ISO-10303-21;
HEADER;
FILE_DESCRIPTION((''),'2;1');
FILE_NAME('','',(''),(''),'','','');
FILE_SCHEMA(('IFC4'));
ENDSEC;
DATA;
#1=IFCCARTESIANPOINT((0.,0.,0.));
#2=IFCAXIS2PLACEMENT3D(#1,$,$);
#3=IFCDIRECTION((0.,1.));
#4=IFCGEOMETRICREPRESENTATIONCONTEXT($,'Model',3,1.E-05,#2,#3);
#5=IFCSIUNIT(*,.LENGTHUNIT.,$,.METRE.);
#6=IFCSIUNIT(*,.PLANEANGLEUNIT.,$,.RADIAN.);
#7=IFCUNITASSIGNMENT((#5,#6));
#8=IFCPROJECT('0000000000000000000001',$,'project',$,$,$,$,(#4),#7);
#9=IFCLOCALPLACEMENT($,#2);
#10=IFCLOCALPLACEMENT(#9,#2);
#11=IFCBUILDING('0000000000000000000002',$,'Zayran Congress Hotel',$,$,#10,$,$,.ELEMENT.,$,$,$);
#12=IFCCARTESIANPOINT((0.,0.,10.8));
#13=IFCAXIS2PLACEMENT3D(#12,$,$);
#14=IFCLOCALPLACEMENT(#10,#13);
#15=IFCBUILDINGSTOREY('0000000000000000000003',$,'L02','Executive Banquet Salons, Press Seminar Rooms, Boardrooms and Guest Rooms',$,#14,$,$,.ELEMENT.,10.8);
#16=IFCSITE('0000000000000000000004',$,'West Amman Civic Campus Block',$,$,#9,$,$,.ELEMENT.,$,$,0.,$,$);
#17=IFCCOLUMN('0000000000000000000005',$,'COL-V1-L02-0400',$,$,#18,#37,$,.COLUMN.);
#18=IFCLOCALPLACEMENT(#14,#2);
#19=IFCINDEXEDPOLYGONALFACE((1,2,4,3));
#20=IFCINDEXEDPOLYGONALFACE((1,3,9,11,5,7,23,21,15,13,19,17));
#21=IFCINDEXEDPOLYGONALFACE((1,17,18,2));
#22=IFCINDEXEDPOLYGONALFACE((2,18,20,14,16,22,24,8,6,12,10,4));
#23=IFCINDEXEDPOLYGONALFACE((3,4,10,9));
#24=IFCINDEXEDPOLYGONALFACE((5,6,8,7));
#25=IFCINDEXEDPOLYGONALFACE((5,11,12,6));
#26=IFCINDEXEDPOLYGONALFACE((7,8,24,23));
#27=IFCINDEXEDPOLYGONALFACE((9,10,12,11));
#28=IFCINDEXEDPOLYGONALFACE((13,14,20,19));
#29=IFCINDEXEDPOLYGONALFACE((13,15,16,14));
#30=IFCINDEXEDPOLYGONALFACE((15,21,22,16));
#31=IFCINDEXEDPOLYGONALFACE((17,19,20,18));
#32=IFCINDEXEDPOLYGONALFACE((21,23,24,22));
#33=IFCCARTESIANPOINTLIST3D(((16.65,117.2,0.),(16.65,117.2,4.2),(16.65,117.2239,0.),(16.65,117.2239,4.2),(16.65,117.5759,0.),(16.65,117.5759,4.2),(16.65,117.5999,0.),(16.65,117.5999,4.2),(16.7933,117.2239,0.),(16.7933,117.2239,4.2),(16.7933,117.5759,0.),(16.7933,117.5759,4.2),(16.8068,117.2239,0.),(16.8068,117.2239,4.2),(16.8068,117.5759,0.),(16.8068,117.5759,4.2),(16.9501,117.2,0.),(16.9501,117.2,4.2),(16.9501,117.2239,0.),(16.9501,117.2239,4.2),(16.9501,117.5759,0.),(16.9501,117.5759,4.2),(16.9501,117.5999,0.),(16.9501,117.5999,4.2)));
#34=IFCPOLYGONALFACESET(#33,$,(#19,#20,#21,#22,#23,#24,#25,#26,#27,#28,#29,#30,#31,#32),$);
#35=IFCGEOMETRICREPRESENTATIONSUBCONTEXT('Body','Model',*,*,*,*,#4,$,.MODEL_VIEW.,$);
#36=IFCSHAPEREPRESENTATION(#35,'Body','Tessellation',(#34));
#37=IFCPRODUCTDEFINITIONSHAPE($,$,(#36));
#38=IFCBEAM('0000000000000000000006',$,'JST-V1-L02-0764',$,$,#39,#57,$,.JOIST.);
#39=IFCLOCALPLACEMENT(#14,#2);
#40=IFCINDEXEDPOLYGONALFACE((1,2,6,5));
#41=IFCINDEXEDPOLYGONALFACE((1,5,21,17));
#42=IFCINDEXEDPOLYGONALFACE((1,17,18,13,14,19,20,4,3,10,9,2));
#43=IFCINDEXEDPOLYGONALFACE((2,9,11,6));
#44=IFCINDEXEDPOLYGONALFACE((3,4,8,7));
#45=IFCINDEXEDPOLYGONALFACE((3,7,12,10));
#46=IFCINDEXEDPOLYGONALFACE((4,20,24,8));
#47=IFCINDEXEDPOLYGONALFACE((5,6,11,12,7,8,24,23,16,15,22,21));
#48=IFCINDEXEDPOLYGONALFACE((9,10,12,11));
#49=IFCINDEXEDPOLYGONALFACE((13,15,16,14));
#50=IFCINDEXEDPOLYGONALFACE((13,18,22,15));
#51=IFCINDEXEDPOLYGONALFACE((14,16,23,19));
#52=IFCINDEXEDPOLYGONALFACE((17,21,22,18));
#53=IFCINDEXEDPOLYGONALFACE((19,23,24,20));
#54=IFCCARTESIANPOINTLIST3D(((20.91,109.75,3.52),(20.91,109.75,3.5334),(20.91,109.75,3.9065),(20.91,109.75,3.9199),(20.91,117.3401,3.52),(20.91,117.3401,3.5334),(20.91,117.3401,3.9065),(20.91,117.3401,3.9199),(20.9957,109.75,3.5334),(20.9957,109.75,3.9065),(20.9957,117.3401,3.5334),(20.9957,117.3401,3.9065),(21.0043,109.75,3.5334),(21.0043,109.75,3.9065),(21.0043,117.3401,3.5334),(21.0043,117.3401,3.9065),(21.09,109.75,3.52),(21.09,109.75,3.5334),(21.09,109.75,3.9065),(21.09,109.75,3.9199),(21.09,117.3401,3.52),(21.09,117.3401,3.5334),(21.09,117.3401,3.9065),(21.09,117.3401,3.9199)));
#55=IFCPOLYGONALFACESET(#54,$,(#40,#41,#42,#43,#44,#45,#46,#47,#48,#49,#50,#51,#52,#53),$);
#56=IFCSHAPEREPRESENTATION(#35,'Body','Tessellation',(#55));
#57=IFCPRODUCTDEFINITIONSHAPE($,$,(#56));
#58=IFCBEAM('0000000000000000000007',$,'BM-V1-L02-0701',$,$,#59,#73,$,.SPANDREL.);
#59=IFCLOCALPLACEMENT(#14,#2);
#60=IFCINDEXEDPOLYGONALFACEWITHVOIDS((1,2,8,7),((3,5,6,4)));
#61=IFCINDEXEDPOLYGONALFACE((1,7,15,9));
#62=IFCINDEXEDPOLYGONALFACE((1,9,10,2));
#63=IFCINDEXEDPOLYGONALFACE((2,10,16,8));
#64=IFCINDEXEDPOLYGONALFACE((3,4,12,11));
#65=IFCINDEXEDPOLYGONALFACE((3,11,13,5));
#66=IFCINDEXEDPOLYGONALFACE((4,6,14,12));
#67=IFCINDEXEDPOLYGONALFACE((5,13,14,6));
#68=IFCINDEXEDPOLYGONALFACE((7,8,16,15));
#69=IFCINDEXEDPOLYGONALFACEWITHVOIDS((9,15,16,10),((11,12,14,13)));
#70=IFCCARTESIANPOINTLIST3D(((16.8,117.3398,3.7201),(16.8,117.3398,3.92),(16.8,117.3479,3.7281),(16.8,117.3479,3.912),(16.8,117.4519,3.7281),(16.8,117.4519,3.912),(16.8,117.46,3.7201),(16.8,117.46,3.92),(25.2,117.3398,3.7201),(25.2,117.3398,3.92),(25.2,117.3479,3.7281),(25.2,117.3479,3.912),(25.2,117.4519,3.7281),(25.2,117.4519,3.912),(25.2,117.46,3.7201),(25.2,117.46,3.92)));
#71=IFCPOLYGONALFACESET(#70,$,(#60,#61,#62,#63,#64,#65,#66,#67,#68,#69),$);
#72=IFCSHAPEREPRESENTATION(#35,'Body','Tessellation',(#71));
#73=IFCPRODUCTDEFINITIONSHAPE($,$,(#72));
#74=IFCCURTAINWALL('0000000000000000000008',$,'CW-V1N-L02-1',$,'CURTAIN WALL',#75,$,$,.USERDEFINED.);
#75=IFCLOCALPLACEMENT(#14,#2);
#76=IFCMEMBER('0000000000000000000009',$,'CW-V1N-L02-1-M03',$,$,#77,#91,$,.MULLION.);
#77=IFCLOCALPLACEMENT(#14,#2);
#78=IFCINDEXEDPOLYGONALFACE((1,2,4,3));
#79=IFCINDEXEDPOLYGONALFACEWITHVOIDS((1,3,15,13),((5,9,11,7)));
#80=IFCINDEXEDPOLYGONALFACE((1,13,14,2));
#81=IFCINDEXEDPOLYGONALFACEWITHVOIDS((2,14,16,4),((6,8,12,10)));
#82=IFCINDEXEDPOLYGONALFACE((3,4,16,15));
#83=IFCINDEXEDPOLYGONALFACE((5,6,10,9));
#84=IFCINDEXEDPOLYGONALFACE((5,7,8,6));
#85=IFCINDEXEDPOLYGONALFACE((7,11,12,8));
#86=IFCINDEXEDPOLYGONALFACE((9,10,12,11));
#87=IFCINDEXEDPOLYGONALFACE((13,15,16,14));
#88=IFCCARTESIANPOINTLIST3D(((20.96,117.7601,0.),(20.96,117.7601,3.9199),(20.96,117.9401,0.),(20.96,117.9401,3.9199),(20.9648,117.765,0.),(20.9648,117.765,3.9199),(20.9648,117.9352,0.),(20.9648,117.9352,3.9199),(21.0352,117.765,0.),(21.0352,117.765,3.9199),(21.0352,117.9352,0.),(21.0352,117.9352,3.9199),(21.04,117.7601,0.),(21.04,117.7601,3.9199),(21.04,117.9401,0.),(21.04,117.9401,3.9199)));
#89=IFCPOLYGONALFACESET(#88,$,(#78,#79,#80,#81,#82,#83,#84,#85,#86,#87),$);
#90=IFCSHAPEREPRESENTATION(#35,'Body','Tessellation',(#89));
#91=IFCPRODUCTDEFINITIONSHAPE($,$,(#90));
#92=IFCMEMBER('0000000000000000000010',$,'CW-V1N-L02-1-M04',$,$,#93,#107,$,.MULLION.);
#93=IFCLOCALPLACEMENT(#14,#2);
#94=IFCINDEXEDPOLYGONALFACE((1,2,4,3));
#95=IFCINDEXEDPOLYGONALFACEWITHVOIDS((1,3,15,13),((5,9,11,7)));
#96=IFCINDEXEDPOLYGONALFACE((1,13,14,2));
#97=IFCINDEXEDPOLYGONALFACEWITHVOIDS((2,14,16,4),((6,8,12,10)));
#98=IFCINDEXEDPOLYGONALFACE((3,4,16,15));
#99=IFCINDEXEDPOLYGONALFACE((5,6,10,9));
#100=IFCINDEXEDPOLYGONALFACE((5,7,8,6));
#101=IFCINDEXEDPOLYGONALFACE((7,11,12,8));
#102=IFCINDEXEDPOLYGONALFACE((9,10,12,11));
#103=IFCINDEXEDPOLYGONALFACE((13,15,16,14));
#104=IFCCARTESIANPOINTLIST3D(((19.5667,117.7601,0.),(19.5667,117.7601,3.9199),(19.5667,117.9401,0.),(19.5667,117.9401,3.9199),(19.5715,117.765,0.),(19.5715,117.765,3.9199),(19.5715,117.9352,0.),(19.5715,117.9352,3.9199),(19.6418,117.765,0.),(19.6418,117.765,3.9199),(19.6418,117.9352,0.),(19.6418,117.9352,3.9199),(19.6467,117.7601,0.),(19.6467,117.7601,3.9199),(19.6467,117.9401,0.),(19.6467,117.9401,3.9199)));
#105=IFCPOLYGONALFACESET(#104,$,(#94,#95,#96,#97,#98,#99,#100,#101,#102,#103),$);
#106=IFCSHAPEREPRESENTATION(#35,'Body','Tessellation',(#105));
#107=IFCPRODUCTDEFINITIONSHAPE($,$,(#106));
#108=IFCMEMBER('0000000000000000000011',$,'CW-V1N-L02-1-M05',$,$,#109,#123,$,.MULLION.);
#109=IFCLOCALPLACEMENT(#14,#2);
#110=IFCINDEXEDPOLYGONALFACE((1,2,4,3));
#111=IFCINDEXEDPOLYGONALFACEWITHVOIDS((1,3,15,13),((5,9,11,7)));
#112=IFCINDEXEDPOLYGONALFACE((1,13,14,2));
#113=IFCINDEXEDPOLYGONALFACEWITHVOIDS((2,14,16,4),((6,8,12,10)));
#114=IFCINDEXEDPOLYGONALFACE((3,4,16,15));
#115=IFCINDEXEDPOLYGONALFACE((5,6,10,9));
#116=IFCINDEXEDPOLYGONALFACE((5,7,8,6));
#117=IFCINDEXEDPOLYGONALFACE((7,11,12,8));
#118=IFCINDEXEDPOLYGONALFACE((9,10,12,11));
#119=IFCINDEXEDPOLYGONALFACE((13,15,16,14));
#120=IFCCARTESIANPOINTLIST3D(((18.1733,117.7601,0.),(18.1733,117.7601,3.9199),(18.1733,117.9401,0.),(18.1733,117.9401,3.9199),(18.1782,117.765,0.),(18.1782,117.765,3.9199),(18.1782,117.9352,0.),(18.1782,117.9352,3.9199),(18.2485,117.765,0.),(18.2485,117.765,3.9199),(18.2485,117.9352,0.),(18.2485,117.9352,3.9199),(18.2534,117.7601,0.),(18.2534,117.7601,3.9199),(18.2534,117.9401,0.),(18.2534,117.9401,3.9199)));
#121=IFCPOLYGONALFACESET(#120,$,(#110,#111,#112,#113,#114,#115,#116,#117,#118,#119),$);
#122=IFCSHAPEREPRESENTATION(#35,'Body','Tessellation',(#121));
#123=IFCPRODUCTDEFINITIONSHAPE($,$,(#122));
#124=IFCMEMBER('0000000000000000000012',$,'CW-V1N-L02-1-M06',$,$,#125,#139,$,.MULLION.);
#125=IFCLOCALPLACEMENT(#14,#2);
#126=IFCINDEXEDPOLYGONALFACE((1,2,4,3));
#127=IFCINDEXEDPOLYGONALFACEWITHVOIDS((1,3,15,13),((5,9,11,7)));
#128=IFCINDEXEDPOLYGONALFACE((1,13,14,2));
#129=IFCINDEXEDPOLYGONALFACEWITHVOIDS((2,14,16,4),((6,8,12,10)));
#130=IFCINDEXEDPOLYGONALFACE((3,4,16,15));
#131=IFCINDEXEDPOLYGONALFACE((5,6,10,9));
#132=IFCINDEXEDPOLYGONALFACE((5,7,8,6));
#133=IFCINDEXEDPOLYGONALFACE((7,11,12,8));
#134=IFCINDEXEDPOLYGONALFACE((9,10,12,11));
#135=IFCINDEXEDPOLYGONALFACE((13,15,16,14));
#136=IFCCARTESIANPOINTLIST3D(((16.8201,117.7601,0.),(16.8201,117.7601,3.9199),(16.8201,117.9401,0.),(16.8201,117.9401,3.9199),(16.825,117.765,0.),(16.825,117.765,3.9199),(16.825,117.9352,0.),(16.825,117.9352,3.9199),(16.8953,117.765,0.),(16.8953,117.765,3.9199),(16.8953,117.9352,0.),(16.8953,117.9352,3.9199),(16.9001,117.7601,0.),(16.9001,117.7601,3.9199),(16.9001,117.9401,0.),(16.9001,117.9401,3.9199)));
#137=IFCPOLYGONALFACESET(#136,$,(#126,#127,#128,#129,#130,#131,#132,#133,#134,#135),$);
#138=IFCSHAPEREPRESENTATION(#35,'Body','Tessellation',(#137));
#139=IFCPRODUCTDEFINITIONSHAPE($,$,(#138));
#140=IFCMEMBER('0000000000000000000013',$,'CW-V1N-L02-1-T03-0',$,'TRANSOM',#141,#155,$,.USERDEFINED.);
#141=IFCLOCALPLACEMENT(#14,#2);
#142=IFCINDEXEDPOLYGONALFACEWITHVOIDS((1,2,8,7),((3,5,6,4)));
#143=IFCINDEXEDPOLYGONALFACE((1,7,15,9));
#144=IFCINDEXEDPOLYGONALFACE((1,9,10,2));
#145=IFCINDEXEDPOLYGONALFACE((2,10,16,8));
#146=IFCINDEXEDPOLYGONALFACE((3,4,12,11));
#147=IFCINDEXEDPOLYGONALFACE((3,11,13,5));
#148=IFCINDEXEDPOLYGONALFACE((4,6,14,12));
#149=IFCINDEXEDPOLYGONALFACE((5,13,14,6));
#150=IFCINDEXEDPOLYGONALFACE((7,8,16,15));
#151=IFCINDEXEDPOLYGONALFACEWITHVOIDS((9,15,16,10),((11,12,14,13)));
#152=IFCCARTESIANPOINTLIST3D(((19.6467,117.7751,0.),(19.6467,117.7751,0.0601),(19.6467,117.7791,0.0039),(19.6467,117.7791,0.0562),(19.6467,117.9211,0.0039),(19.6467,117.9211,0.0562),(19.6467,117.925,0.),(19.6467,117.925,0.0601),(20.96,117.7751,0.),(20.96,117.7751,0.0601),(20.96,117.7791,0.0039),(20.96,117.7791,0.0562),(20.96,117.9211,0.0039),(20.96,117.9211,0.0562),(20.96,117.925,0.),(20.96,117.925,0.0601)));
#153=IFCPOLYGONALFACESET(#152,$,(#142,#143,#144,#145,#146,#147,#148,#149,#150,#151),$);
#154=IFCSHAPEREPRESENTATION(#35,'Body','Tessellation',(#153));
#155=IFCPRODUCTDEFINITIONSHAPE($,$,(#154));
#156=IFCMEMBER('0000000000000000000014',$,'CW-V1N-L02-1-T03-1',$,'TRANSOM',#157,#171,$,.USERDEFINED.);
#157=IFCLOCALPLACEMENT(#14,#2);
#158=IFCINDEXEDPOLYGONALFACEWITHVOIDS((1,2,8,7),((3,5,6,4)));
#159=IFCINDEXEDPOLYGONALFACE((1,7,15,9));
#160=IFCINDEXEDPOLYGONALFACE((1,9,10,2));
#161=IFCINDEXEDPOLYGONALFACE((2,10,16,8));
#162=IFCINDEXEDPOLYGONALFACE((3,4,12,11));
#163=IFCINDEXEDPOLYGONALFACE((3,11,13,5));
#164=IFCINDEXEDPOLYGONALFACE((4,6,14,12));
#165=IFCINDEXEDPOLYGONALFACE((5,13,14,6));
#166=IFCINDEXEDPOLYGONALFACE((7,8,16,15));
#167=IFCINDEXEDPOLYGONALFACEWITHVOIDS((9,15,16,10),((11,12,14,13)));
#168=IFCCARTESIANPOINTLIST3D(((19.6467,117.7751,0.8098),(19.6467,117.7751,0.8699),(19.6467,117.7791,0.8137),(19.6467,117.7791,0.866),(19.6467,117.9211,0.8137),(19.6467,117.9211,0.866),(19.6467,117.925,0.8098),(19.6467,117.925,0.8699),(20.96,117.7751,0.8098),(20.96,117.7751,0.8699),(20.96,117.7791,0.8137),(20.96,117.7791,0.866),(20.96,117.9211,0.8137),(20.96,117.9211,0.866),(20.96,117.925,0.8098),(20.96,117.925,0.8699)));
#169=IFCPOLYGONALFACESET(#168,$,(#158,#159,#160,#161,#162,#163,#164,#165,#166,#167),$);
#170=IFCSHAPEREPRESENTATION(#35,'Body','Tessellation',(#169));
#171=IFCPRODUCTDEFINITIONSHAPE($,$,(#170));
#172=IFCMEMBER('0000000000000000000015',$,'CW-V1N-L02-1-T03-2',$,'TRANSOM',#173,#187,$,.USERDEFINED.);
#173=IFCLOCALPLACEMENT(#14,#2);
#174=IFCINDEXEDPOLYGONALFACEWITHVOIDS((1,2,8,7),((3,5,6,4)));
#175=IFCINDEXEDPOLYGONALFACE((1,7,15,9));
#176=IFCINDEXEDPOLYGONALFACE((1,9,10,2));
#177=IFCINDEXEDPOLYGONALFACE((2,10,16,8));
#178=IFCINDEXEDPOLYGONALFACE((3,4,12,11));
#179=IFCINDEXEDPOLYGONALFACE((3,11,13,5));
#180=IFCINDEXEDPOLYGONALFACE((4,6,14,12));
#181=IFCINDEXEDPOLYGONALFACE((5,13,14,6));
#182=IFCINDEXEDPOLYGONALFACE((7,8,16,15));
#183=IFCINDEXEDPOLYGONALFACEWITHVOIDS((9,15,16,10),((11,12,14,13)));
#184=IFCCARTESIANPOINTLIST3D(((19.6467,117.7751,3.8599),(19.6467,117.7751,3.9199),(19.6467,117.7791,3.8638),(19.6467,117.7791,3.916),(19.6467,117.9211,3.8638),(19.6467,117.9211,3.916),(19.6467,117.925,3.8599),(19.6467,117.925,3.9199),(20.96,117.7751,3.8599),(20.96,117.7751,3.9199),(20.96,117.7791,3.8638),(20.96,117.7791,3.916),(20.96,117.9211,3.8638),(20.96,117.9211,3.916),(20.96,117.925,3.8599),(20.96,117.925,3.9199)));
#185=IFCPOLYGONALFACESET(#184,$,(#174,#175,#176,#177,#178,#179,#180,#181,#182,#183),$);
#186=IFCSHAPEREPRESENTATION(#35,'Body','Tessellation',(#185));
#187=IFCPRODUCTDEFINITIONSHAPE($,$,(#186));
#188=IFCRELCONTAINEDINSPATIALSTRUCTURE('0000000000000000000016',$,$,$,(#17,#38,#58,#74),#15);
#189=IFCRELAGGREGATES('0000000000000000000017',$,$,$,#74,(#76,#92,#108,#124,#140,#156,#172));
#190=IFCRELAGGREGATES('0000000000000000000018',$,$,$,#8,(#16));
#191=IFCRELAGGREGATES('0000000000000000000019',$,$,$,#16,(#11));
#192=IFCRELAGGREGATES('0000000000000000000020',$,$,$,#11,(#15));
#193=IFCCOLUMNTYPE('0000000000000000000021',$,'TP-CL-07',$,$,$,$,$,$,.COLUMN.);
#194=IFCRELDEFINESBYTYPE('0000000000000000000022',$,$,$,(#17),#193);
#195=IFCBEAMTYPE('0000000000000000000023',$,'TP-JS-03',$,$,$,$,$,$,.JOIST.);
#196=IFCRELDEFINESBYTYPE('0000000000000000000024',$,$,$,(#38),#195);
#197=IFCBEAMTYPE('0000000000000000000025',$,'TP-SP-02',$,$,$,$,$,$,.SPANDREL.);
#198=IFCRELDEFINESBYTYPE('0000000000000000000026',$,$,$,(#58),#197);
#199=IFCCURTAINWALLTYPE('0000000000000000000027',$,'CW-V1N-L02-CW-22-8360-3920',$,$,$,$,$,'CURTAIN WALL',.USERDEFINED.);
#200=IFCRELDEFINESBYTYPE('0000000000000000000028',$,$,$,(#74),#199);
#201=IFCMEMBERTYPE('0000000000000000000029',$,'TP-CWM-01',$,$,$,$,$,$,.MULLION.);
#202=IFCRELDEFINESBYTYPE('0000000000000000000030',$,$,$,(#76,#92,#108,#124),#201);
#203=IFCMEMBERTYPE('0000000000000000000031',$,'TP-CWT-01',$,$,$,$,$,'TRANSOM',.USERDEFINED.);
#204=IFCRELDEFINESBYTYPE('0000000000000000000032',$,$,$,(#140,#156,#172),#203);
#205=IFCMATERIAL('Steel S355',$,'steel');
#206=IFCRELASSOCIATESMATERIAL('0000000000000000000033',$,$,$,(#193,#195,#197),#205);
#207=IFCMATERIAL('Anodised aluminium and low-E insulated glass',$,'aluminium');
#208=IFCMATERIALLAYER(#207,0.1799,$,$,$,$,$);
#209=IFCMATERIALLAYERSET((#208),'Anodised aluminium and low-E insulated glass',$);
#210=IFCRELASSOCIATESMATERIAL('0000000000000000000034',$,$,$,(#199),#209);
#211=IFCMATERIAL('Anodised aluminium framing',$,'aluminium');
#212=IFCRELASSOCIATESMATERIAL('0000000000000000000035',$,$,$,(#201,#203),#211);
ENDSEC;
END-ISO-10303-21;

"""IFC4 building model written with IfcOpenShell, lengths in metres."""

from ifc_helpers import new_model, si_unit, direction, frame, origin, origin_2d, place, context, subcontext, project, spatial, hollow_rectangle, i_section, extrude, material, layer, layer_set, material_profile, profile_set, type_object, element, aggregate, save


model = new_model("IFC4")

# Units and contexts
model_context = context("Model", 3, precision=1e-05, world=origin(), true_north=direction((0.0, 1.0)))
body_context = subcontext(model_context, "Body", "Model", "MODEL_VIEW")
ifc_project = project(units=[si_unit("LENGTHUNIT", "METRE"), si_unit("PLANEANGLEUNIT", "RADIAN")], contexts=[model_context])

# Site, building, storey
site_placement = place(None, origin())
site = spatial("IfcSite", under=ifc_project, at=site_placement, Name="West Amman Civic Campus Block", CompositionType="ELEMENT", RefElevation=0.0)
building_placement = place(site_placement, origin())
building = spatial("IfcBuilding", under=site, at=building_placement, Name="Zayran Congress Hotel", CompositionType="ELEMENT")
storey_placement = place(building_placement, frame((0.0, 0.0, 10.8)))
storey = spatial("IfcBuildingStorey", under=building, at=storey_placement, Name="L02", Description="Executive Banquet Salons, Press Seminar Rooms, Boardrooms and Guest Rooms", CompositionType="ELEMENT", Elevation=10.8)

# Column
ifc_material_1 = material(Name="Steel S355", Category="steel")
ifc_material_profile_1 = material_profile(ifc_material_1, i_section(OverallWidth=0.3, OverallDepth=0.3999, WebThickness=0.0134, FlangeThickness=0.0239, at=origin_2d()), Name="HEB 400")
ifc_profile_set_1 = profile_set([ifc_material_profile_1], Name="Steel S355")
column_type = type_object("IfcColumnType", Name="TP-CL-07", PredefinedType="COLUMN", material=ifc_profile_set_1)
column_placement = place(storey_placement, frame((16.8, 117.3999, 0.0), z_axis=(0.0, 0.0, 1.0), x_axis=(1.0, 0.0, 0.0)))
element("IfcColumn", 1, at=column_placement, inside=storey, type_object=column_type, Name="COL-V1-L02-0400", PredefinedType="COLUMN", context=body_context, shape_type="SweptSolid", body=[
    extrude(i_section(OverallWidth=0.3, OverallDepth=0.3999, WebThickness=0.0134, FlangeThickness=0.0239, at=origin_2d()), origin(), (0.0, 0.0, 1.0), 4.2),
])

# Beams
ifc_material_profile_2 = material_profile(ifc_material_1, i_section(OverallWidth=0.1799, OverallDepth=0.3999, WebThickness=0.0085, FlangeThickness=0.0134, at=origin_2d()), Name="IPE 400")
ifc_profile_set_2 = profile_set([ifc_material_profile_2], Name="Steel S355")
beam_type_1 = type_object("IfcBeamType", Name="TP-JS-03", PredefinedType="JOIST", material=ifc_profile_set_2)
beam_1_placement = place(storey_placement, frame((21.0, 109.75, 3.72), z_axis=(0.0, 1.0, 0.0), x_axis=(-1.0, 0.0, 0.0)))
element("IfcBeam", 2, at=beam_1_placement, inside=storey, type_object=beam_type_1, Name="JST-V1-L02-0764", PredefinedType="JOIST", context=body_context, shape_type="SweptSolid", body=[
    extrude(i_section(OverallWidth=0.1799, OverallDepth=0.3999, WebThickness=0.0085, FlangeThickness=0.0134, at=origin_2d()), origin(), (0.0, 0.0, 1.0), 7.5901),
])
ifc_material_profile_3 = material_profile(ifc_material_1, hollow_rectangle(XDim=0.1201, YDim=0.2, WallThickness=0.0081, at=origin_2d()), Name="RHS 200x120x8")
ifc_profile_set_3 = profile_set([ifc_material_profile_3], Name="Steel S355")
beam_type_2 = type_object("IfcBeamType", Name="TP-SP-02", PredefinedType="SPANDREL", material=ifc_profile_set_3)
beam_2_placement = place(storey_placement, frame((16.8, 117.3999, 3.8201), z_axis=(1.0, 0.0, 0.0), x_axis=(0.0, 1.0, 0.0)))
element("IfcBeam", 3, at=beam_2_placement, inside=storey, type_object=beam_type_2, Name="BM-V1-L02-0701", PredefinedType="SPANDREL", context=body_context, shape_type="SweptSolid", body=[
    extrude(hollow_rectangle(XDim=0.1201, YDim=0.2, WallThickness=0.0081, at=origin_2d()), origin(), (0.0, 0.0, 1.0), 8.3999),
])

# Curtain wall, members
ifc_material_2 = material(Name="Anodised aluminium and low-E insulated glass", Category="aluminium")
ifc_layer_1 = layer(ifc_material_2, 0.1799)
ifc_layer_set_1 = layer_set([ifc_layer_1], Name="Anodised aluminium and low-E insulated glass")
curtain_wall_type = type_object("IfcCurtainWallType", Name="CW-V1N-L02-CW-22-8360-3920", ElementType="CURTAIN WALL", PredefinedType="USERDEFINED", material=ifc_layer_set_1)
curtain_wall_placement = place(storey_placement, origin())
curtain_wall = element("IfcCurtainWall", 4, at=curtain_wall_placement, inside=storey, type_object=curtain_wall_type, Name="CW-V1N-L02-1", ObjectType="CURTAIN WALL", PredefinedType="USERDEFINED")
ifc_material_3 = material(Name="Anodised aluminium framing", Category="aluminium")
ifc_material_profile_4 = material_profile(ifc_material_3, hollow_rectangle(XDim=0.0801, YDim=0.1799, WallThickness=0.0049, at=origin_2d()), Name="RHS 180x80x5")
ifc_profile_set_4 = profile_set([ifc_material_profile_4], Name="Anodised aluminium framing")
member_type_1 = type_object("IfcMemberType", Name="TP-CWM-01", PredefinedType="MULLION", material=ifc_profile_set_4)
member_1_placement = place(storey_placement, frame((21.0, 117.8501, 0.0), z_axis=(0.0, 0.0, 1.0), x_axis=(1.0, 0.0, 0.0)))
member_1 = element("IfcMember", 5, at=member_1_placement, type_object=member_type_1, Name="CW-V1N-L02-1-M03", PredefinedType="MULLION", context=body_context, shape_type="SweptSolid", body=[
    extrude(hollow_rectangle(XDim=0.0801, YDim=0.1799, WallThickness=0.0049, at=origin_2d()), origin(), (0.0, 0.0, 1.0), 3.9199),
])
member_2_placement = place(storey_placement, frame((19.6067, 117.8501, 0.0), z_axis=(0.0, 0.0, 1.0), x_axis=(1.0, 0.0, 0.0)))
member_2 = element("IfcMember", 6, at=member_2_placement, type_object=member_type_1, Name="CW-V1N-L02-1-M04", PredefinedType="MULLION", context=body_context, shape_type="SweptSolid", body=[
    extrude(hollow_rectangle(XDim=0.0801, YDim=0.1799, WallThickness=0.0049, at=origin_2d()), origin(), (0.0, 0.0, 1.0), 3.9199),
])
member_3_placement = place(storey_placement, frame((18.2134, 117.8501, 0.0), z_axis=(0.0, 0.0, 1.0), x_axis=(1.0, 0.0, 0.0)))
member_3 = element("IfcMember", 7, at=member_3_placement, type_object=member_type_1, Name="CW-V1N-L02-1-M05", PredefinedType="MULLION", context=body_context, shape_type="SweptSolid", body=[
    extrude(hollow_rectangle(XDim=0.0801, YDim=0.1799, WallThickness=0.0049, at=origin_2d()), origin(), (0.0, 0.0, 1.0), 3.9199),
])
member_4_placement = place(storey_placement, frame((16.8601, 117.8501, 0.0), z_axis=(0.0, 0.0, 1.0), x_axis=(1.0, 0.0, 0.0)))
member_4 = element("IfcMember", 8, at=member_4_placement, type_object=member_type_1, Name="CW-V1N-L02-1-M06", PredefinedType="MULLION", context=body_context, shape_type="SweptSolid", body=[
    extrude(hollow_rectangle(XDim=0.0801, YDim=0.1799, WallThickness=0.0049, at=origin_2d()), origin(), (0.0, 0.0, 1.0), 3.9199),
])
ifc_material_profile_5 = material_profile(ifc_material_3, hollow_rectangle(XDim=0.0601, YDim=0.1499, WallThickness=0.0039, at=origin_2d()), Name="RHS 150x60x4")
ifc_profile_set_5 = profile_set([ifc_material_profile_5], Name="Anodised aluminium framing")
member_type_2 = type_object("IfcMemberType", Name="TP-CWT-01", ElementType="TRANSOM", PredefinedType="USERDEFINED", material=ifc_profile_set_5)
member_5_placement = place(storey_placement, frame((20.96, 117.8501, 0.03), z_axis=(-1.0, 0.0, 0.0), x_axis=(0.0, 0.0, 1.0)))
member_5 = element("IfcMember", 9, at=member_5_placement, type_object=member_type_2, Name="CW-V1N-L02-1-T03-0", ObjectType="TRANSOM", PredefinedType="USERDEFINED", context=body_context, shape_type="SweptSolid", body=[
    extrude(hollow_rectangle(XDim=0.0601, YDim=0.1499, WallThickness=0.0039, at=origin_2d()), origin(), (0.0, 0.0, 1.0), 1.3132),
])
member_6_placement = place(storey_placement, frame((20.96, 117.8501, 0.8398), z_axis=(-1.0, 0.0, 0.0), x_axis=(0.0, 0.0, 1.0)))
member_6 = element("IfcMember", 10, at=member_6_placement, type_object=member_type_2, Name="CW-V1N-L02-1-T03-1", ObjectType="TRANSOM", PredefinedType="USERDEFINED", context=body_context, shape_type="SweptSolid", body=[
    extrude(hollow_rectangle(XDim=0.0601, YDim=0.1499, WallThickness=0.0039, at=origin_2d()), origin(), (0.0, 0.0, 1.0), 1.3132),
])
member_7_placement = place(storey_placement, frame((20.96, 117.8501, 3.8899), z_axis=(-1.0, 0.0, 0.0), x_axis=(0.0, 0.0, 1.0)))
member_7 = element("IfcMember", 11, at=member_7_placement, type_object=member_type_2, Name="CW-V1N-L02-1-T03-2", ObjectType="TRANSOM", PredefinedType="USERDEFINED", context=body_context, shape_type="SweptSolid", body=[
    extrude(hollow_rectangle(XDim=0.0601, YDim=0.1499, WallThickness=0.0039, at=origin_2d()), origin(), (0.0, 0.0, 1.0), 1.3132),
])
aggregate(curtain_wall, [member_1, member_2, member_3, member_4, member_5, member_6, member_7])

save(model, "model.ifc")
